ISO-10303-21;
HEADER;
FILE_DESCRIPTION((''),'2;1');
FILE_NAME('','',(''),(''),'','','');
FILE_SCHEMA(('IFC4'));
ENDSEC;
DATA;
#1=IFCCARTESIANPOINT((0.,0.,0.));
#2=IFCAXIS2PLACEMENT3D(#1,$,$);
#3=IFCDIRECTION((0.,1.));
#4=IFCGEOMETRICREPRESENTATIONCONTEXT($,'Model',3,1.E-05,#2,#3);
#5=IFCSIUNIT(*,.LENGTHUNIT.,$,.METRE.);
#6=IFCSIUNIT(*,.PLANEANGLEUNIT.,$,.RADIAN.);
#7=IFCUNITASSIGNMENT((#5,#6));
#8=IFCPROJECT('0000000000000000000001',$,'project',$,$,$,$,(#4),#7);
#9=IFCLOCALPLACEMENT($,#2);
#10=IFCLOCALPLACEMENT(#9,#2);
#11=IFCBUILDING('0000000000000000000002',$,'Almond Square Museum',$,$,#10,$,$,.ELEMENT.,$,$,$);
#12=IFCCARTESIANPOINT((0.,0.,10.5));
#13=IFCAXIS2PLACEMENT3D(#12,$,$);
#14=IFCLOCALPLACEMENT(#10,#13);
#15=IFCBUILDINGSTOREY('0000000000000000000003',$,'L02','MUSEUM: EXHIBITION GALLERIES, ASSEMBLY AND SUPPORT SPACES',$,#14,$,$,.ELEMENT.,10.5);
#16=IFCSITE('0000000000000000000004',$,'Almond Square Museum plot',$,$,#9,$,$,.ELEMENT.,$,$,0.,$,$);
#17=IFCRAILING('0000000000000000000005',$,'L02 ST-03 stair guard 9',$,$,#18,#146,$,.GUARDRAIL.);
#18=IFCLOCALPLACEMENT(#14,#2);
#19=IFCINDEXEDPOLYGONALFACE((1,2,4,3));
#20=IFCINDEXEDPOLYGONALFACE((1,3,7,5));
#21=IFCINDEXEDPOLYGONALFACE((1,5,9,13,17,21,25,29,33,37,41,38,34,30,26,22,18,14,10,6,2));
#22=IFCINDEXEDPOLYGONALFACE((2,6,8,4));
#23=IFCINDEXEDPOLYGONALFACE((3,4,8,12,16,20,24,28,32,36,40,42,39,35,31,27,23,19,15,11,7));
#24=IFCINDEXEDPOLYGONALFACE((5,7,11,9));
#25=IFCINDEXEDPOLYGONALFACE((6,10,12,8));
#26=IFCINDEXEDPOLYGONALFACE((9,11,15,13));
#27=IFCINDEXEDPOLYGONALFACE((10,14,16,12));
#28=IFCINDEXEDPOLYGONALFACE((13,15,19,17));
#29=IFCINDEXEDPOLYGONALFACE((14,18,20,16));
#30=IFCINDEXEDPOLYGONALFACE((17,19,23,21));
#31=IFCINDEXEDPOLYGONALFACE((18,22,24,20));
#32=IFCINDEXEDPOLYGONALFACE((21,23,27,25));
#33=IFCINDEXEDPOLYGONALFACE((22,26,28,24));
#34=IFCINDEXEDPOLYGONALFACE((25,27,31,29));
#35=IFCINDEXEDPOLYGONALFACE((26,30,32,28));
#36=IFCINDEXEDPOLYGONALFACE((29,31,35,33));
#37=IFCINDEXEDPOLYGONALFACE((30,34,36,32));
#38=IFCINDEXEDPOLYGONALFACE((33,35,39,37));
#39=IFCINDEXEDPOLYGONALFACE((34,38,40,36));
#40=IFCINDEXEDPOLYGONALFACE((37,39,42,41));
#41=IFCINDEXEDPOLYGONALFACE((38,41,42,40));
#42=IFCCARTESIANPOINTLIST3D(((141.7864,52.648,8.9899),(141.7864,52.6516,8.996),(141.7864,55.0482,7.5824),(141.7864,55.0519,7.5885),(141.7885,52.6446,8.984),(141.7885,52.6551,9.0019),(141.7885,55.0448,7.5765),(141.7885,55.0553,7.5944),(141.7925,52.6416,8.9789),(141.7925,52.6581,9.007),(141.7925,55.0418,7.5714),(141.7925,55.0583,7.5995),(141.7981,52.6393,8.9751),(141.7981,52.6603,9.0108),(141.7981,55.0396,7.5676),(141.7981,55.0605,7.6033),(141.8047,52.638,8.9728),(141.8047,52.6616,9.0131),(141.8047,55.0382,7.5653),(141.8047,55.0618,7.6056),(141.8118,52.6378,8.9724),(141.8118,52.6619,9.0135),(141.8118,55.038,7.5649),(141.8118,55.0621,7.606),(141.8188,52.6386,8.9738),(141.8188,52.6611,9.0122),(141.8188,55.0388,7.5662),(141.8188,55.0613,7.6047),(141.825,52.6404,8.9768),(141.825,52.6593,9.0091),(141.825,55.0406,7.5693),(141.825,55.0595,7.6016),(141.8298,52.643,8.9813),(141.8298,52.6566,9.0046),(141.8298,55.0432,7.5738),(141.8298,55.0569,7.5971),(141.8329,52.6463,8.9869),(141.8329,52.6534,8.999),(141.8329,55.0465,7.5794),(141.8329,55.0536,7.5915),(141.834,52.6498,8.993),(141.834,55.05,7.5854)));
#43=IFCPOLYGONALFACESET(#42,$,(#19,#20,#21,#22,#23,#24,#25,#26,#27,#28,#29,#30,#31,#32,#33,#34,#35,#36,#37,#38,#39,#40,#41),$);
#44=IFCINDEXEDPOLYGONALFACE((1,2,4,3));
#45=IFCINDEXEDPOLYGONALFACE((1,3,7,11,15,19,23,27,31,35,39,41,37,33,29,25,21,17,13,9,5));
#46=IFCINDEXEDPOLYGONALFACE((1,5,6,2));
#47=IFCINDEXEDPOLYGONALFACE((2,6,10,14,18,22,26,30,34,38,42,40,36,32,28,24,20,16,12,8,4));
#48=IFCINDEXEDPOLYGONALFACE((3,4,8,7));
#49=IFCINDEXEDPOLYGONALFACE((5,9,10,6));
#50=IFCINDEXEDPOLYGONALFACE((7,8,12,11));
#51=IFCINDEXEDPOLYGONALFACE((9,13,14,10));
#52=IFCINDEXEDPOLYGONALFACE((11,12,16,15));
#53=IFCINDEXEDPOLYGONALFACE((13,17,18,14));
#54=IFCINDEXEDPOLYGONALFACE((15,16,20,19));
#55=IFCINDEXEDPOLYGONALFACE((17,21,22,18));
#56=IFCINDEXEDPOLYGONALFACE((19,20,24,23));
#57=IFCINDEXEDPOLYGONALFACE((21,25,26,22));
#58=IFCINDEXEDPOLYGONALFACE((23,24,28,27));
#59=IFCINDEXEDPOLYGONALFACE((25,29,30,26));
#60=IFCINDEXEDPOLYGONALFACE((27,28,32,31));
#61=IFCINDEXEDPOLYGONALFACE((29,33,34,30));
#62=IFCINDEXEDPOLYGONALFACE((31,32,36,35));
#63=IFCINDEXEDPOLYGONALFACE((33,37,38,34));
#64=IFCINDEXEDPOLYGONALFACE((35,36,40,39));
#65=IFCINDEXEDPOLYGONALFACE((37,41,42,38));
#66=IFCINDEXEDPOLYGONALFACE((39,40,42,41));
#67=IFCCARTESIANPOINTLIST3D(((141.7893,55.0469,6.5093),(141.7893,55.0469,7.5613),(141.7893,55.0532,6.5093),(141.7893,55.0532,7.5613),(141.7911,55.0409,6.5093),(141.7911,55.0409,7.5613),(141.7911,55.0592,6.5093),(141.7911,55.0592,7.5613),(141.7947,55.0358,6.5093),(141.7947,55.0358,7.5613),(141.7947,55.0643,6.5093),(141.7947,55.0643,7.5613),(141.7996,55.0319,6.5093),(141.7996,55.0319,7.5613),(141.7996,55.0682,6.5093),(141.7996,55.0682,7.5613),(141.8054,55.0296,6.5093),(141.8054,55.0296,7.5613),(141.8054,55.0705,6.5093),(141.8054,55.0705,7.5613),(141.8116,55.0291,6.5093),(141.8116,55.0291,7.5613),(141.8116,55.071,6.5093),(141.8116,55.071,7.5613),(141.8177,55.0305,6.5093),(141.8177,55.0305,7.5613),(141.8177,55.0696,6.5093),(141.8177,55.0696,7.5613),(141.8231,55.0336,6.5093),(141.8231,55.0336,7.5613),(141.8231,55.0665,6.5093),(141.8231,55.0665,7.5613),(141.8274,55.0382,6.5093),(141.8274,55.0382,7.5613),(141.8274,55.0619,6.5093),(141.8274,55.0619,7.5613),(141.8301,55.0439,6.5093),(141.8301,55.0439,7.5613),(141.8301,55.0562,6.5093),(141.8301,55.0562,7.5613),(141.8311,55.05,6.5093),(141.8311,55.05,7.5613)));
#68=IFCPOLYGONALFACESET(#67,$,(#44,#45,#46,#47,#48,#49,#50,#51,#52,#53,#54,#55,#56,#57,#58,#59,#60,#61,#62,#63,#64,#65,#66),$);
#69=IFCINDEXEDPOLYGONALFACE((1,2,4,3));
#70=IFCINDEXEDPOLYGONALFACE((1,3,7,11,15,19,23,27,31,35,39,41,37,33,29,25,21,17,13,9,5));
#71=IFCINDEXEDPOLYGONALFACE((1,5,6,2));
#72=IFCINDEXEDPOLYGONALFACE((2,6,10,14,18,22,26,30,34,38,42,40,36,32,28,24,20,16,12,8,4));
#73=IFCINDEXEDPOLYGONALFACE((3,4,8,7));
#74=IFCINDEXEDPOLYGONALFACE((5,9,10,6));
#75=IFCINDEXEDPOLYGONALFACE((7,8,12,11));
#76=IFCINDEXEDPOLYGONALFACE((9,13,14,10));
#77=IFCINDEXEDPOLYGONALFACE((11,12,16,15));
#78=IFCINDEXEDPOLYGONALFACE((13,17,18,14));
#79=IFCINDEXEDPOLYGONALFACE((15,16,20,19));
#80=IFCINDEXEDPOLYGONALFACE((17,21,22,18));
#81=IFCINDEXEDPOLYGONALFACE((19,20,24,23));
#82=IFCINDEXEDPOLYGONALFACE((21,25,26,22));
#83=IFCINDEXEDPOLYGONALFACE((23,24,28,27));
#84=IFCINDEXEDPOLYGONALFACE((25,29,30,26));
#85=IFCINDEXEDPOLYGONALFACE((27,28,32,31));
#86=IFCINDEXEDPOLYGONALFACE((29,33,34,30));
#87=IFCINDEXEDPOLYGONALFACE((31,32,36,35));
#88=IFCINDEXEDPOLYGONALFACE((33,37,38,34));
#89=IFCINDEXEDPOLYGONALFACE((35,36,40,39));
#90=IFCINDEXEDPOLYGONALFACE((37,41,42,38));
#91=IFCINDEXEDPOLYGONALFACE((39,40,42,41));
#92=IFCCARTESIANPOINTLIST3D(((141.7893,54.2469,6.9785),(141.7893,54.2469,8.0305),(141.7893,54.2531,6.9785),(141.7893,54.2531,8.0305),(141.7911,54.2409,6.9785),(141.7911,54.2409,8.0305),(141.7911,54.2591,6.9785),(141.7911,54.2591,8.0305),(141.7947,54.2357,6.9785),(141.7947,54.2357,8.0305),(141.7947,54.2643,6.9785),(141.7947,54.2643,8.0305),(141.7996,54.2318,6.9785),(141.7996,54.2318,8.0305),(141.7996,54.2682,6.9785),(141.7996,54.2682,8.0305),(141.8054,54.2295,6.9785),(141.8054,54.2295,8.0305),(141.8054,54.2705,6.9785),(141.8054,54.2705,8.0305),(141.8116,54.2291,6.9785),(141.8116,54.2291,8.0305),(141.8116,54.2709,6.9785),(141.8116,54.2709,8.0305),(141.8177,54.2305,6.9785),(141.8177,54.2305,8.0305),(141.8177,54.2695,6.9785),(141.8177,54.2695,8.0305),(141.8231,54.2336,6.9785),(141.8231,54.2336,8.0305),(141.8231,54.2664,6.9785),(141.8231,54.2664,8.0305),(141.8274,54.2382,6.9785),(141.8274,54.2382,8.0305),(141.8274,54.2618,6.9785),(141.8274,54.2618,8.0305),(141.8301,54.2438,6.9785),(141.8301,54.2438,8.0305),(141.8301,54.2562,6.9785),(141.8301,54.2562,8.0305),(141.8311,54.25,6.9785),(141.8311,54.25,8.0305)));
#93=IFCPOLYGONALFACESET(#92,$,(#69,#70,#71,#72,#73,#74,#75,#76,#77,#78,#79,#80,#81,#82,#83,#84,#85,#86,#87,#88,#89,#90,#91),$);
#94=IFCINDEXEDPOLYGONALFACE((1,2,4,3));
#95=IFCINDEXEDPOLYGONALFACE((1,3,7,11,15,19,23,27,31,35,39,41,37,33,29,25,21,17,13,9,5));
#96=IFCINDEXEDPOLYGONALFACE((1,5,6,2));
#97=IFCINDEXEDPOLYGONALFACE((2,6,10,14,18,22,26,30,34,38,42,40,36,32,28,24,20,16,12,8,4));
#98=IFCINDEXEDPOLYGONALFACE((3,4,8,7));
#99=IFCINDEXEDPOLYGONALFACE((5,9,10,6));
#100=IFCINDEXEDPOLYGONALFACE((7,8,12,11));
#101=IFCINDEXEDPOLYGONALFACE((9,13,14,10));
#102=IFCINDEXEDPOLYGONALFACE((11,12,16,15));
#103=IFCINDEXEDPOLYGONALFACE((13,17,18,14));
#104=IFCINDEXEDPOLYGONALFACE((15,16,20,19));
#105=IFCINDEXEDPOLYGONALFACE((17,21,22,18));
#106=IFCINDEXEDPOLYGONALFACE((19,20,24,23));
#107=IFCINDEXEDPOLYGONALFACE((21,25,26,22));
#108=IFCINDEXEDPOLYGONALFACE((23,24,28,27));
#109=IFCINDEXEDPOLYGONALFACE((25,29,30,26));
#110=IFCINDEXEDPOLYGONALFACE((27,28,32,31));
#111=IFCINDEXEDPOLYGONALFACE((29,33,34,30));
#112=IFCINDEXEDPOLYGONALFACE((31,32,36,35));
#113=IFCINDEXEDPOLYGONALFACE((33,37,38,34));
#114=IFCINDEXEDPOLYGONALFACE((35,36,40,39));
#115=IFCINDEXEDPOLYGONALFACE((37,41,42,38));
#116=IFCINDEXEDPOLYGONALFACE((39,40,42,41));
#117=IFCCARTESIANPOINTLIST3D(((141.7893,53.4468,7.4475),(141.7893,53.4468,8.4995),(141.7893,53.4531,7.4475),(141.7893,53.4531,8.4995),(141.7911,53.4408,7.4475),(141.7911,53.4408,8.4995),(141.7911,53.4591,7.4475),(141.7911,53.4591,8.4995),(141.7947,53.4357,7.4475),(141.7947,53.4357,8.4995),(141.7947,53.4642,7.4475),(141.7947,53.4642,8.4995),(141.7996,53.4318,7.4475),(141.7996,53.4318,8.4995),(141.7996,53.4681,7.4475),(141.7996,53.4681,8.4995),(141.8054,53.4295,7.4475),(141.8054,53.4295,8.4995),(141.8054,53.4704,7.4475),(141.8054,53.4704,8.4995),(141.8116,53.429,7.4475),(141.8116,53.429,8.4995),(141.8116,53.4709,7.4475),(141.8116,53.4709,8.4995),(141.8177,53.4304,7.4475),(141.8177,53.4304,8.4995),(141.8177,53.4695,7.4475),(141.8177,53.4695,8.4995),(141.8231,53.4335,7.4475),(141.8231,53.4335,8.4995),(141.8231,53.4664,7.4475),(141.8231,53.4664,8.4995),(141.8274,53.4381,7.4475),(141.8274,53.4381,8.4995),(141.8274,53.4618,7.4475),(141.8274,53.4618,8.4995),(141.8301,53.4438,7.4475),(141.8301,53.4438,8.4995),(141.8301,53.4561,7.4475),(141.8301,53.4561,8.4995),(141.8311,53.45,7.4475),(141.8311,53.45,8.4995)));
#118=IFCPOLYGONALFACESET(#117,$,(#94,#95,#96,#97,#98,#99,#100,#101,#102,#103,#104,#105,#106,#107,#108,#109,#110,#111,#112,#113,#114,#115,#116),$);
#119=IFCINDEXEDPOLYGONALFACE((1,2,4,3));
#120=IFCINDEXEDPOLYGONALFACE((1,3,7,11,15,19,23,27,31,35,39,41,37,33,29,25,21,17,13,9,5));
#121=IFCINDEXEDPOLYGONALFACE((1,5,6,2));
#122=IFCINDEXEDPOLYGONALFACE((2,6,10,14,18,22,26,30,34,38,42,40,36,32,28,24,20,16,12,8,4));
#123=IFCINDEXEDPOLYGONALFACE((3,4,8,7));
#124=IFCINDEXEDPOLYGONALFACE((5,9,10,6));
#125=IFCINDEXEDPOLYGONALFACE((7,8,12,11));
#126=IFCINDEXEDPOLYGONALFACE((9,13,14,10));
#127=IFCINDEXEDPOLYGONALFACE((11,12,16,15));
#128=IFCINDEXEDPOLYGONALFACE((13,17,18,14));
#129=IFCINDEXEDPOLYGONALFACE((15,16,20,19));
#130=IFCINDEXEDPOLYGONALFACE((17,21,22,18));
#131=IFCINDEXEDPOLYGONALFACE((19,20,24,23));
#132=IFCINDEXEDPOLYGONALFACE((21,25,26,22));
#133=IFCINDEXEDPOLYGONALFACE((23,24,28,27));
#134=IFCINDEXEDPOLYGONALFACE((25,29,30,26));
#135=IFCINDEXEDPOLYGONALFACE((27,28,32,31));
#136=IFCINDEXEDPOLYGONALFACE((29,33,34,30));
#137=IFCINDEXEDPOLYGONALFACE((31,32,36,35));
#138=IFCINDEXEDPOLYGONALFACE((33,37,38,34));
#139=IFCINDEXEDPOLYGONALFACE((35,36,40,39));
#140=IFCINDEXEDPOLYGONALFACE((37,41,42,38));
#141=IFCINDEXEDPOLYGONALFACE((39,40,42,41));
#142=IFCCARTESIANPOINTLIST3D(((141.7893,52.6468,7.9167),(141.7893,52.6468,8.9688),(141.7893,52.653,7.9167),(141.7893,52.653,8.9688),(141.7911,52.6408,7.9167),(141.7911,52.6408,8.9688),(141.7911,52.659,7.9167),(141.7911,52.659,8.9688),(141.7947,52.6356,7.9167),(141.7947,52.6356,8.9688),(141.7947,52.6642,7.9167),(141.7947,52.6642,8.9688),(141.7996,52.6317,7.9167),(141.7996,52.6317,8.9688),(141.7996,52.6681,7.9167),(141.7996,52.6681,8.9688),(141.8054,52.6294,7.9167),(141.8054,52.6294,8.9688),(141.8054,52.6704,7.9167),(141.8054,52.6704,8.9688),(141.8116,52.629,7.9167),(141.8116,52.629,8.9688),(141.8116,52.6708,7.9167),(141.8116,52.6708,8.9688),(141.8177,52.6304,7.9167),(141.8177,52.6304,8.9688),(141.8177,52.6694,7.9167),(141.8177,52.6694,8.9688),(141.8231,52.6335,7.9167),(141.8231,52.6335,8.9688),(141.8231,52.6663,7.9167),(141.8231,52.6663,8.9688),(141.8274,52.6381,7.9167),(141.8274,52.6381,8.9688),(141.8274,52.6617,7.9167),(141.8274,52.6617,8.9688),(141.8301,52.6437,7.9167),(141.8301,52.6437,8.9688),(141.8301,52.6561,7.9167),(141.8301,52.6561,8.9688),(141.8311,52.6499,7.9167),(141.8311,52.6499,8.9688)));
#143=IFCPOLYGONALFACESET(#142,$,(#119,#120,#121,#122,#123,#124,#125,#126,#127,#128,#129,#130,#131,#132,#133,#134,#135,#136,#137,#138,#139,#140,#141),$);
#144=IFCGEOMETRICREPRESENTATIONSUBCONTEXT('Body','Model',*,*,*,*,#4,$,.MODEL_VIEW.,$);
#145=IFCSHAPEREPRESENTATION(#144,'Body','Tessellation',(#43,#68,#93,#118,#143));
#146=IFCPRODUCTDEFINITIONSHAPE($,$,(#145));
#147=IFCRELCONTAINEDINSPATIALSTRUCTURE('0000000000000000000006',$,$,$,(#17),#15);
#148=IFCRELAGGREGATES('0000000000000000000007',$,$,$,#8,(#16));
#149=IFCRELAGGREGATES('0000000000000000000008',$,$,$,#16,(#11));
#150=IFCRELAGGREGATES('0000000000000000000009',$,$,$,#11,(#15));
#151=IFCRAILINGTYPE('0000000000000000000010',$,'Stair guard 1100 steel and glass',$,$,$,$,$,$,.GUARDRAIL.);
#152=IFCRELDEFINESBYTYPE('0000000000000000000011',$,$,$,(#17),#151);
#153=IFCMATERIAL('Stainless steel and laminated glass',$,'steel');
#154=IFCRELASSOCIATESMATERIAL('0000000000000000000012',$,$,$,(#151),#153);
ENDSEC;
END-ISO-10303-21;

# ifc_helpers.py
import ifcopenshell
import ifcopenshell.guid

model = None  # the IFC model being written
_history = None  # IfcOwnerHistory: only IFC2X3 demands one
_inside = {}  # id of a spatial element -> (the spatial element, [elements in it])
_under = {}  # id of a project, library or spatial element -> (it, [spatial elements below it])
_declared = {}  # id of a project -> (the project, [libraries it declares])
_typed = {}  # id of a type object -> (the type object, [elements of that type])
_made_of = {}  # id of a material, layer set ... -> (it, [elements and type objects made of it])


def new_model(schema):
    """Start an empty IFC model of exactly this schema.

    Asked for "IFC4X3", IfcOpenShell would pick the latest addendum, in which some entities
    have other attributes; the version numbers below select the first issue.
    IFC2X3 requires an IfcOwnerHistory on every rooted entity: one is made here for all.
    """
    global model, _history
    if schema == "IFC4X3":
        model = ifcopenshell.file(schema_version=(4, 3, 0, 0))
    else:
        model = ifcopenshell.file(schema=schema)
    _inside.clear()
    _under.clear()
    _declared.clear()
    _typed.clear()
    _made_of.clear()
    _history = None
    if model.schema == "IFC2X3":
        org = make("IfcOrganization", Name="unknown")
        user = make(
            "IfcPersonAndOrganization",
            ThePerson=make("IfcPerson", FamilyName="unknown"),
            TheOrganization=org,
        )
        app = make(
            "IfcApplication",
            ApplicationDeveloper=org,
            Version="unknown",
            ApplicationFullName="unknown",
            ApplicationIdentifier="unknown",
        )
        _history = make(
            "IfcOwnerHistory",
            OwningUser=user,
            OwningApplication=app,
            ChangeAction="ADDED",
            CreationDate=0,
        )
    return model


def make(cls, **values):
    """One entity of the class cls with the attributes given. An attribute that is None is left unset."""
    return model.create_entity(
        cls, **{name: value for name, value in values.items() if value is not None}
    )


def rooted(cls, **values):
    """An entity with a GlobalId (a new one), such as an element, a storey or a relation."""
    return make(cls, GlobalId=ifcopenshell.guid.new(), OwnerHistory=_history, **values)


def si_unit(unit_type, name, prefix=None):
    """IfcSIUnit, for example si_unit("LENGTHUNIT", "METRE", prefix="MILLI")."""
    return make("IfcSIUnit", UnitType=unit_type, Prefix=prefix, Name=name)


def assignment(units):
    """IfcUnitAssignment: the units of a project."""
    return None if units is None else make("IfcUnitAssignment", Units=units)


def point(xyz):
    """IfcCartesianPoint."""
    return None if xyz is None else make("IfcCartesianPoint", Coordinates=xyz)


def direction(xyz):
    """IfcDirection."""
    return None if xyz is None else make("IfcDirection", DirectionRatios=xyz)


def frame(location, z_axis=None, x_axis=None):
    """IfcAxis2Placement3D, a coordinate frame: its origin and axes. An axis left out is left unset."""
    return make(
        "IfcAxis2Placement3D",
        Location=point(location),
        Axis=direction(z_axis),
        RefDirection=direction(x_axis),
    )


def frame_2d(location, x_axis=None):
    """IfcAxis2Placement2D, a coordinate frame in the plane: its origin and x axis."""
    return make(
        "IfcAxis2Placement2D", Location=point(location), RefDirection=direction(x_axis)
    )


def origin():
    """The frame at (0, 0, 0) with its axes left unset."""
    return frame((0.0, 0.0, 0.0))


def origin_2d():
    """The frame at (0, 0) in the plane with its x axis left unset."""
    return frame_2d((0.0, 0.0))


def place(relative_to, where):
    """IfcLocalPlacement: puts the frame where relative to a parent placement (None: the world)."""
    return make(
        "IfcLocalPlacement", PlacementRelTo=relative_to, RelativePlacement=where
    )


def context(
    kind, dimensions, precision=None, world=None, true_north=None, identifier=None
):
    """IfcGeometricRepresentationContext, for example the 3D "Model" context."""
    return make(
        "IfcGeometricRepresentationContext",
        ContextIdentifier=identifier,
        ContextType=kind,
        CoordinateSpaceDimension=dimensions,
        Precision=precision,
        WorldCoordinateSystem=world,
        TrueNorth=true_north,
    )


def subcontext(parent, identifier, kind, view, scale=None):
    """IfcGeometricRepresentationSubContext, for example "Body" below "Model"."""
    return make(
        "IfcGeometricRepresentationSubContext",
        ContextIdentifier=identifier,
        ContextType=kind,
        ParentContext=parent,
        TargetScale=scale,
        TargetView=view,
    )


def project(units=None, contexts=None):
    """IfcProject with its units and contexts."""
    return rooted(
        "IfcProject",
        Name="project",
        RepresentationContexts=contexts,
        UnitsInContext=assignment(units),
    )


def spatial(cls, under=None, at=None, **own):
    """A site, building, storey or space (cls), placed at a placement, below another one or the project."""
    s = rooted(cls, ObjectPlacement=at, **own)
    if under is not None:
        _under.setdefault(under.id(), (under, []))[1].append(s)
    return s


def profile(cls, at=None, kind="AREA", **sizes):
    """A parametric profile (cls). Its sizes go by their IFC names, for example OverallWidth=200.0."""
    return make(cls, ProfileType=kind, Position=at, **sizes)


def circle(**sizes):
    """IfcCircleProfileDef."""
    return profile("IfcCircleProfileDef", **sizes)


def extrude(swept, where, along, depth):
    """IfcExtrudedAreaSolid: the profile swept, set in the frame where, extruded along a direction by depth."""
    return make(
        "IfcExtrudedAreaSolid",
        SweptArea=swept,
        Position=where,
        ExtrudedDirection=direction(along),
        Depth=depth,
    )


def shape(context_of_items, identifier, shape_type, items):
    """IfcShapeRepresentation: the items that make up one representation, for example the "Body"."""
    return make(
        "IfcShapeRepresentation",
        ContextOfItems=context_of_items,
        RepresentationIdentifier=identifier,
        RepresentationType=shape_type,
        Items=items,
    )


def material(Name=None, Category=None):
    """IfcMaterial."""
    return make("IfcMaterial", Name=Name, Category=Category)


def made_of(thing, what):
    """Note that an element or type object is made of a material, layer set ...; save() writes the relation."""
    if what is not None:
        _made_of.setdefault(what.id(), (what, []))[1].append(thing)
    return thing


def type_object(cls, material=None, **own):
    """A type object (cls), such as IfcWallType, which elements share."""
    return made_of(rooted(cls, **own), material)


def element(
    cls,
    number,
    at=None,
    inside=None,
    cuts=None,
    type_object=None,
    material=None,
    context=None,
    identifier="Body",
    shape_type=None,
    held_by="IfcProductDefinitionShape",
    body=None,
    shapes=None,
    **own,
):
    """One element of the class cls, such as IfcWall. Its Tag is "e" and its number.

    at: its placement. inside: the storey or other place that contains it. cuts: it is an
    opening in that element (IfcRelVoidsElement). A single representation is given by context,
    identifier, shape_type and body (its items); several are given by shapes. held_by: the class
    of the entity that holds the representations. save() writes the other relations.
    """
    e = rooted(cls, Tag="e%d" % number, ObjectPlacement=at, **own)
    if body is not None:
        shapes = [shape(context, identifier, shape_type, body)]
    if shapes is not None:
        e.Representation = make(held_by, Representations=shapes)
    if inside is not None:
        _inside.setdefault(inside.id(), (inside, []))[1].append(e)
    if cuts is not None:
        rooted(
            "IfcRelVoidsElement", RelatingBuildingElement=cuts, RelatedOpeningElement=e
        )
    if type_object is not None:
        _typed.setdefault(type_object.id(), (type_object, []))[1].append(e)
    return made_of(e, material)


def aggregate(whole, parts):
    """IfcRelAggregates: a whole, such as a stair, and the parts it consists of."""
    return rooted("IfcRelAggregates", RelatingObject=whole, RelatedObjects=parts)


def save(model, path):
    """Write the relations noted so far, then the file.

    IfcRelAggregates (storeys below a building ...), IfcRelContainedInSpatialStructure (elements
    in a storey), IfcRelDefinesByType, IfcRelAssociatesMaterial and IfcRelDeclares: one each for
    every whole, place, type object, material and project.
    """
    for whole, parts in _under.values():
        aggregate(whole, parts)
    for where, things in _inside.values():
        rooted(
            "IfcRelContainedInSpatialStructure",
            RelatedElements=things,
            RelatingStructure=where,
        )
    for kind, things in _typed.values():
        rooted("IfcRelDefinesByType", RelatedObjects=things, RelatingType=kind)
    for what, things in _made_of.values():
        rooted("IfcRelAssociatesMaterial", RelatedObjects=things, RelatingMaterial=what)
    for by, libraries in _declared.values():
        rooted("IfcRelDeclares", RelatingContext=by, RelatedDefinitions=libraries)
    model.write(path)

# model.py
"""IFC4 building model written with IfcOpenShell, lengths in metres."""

from ifc_helpers import new_model, si_unit, direction, frame, origin, origin_2d, place, context, subcontext, project, spatial, circle, extrude, material, type_object, element, save


model = new_model("IFC4")

# Units and contexts
model_context = context("Model", 3, precision=1e-05, world=origin(), true_north=direction((0.0, 1.0)))
body_context = subcontext(model_context, "Body", "Model", "MODEL_VIEW")
ifc_project = project(units=[si_unit("LENGTHUNIT", "METRE"), si_unit("PLANEANGLEUNIT", "RADIAN")], contexts=[model_context])

# Site, building, storey
site_placement = place(None, origin())
site = spatial("IfcSite", under=ifc_project, at=site_placement, Name="Almond Square Museum plot", CompositionType="ELEMENT", RefElevation=0.0)
building_placement = place(site_placement, origin())
building = spatial("IfcBuilding", under=site, at=building_placement, Name="Almond Square Museum", CompositionType="ELEMENT")
storey_placement = place(building_placement, frame((0.0, 0.0, 10.5)))
storey = spatial("IfcBuildingStorey", under=building, at=storey_placement, Name="L02", Description="MUSEUM: EXHIBITION GALLERIES, ASSEMBLY AND SUPPORT SPACES", CompositionType="ELEMENT", Elevation=10.5)

# Railing
ifc_material_1 = material(Name="Stainless steel and laminated glass", Category="steel")
railing_type_1 = type_object("IfcRailingType", Name="Stair guard 1100 steel and glass", PredefinedType="GUARDRAIL", material=ifc_material_1)
railing_1_placement = place(storey_placement, frame((141.8101, 55.05, 6.5093)))
element("IfcRailing", 1, at=railing_1_placement, inside=storey, type_object=railing_type_1, Name="L02 ST-03 stair guard 9", PredefinedType="GUARDRAIL", context=body_context, shape_type="SweptSolid", body=[
    extrude(circle(Radius=0.0239, at=origin_2d()), frame((0.0, 0.0, 1.0762), z_axis=(0.0, -0.862621, 0.50585), x_axis=(1.0, 0.0, 0.0)), (0.0, 0.0, 1.0), 2.7825),
    extrude(circle(Radius=0.021, at=origin_2d()), origin(), (0.0, 0.0, 1.0), 1.052),
    extrude(circle(Radius=0.021, at=origin_2d()), frame((0.0, -0.8, 0.4692)), (0.0, 0.0, 1.0), 1.052),
    extrude(circle(Radius=0.021, at=origin_2d()), frame((0.0, -1.6001, 0.9382)), (0.0, 0.0, 1.0), 1.052),
    extrude(circle(Radius=0.021, at=origin_2d()), frame((0.0, -2.4001, 1.4075)), (0.0, 0.0, 1.0), 1.052),
])

save(model, "model.ifc")
